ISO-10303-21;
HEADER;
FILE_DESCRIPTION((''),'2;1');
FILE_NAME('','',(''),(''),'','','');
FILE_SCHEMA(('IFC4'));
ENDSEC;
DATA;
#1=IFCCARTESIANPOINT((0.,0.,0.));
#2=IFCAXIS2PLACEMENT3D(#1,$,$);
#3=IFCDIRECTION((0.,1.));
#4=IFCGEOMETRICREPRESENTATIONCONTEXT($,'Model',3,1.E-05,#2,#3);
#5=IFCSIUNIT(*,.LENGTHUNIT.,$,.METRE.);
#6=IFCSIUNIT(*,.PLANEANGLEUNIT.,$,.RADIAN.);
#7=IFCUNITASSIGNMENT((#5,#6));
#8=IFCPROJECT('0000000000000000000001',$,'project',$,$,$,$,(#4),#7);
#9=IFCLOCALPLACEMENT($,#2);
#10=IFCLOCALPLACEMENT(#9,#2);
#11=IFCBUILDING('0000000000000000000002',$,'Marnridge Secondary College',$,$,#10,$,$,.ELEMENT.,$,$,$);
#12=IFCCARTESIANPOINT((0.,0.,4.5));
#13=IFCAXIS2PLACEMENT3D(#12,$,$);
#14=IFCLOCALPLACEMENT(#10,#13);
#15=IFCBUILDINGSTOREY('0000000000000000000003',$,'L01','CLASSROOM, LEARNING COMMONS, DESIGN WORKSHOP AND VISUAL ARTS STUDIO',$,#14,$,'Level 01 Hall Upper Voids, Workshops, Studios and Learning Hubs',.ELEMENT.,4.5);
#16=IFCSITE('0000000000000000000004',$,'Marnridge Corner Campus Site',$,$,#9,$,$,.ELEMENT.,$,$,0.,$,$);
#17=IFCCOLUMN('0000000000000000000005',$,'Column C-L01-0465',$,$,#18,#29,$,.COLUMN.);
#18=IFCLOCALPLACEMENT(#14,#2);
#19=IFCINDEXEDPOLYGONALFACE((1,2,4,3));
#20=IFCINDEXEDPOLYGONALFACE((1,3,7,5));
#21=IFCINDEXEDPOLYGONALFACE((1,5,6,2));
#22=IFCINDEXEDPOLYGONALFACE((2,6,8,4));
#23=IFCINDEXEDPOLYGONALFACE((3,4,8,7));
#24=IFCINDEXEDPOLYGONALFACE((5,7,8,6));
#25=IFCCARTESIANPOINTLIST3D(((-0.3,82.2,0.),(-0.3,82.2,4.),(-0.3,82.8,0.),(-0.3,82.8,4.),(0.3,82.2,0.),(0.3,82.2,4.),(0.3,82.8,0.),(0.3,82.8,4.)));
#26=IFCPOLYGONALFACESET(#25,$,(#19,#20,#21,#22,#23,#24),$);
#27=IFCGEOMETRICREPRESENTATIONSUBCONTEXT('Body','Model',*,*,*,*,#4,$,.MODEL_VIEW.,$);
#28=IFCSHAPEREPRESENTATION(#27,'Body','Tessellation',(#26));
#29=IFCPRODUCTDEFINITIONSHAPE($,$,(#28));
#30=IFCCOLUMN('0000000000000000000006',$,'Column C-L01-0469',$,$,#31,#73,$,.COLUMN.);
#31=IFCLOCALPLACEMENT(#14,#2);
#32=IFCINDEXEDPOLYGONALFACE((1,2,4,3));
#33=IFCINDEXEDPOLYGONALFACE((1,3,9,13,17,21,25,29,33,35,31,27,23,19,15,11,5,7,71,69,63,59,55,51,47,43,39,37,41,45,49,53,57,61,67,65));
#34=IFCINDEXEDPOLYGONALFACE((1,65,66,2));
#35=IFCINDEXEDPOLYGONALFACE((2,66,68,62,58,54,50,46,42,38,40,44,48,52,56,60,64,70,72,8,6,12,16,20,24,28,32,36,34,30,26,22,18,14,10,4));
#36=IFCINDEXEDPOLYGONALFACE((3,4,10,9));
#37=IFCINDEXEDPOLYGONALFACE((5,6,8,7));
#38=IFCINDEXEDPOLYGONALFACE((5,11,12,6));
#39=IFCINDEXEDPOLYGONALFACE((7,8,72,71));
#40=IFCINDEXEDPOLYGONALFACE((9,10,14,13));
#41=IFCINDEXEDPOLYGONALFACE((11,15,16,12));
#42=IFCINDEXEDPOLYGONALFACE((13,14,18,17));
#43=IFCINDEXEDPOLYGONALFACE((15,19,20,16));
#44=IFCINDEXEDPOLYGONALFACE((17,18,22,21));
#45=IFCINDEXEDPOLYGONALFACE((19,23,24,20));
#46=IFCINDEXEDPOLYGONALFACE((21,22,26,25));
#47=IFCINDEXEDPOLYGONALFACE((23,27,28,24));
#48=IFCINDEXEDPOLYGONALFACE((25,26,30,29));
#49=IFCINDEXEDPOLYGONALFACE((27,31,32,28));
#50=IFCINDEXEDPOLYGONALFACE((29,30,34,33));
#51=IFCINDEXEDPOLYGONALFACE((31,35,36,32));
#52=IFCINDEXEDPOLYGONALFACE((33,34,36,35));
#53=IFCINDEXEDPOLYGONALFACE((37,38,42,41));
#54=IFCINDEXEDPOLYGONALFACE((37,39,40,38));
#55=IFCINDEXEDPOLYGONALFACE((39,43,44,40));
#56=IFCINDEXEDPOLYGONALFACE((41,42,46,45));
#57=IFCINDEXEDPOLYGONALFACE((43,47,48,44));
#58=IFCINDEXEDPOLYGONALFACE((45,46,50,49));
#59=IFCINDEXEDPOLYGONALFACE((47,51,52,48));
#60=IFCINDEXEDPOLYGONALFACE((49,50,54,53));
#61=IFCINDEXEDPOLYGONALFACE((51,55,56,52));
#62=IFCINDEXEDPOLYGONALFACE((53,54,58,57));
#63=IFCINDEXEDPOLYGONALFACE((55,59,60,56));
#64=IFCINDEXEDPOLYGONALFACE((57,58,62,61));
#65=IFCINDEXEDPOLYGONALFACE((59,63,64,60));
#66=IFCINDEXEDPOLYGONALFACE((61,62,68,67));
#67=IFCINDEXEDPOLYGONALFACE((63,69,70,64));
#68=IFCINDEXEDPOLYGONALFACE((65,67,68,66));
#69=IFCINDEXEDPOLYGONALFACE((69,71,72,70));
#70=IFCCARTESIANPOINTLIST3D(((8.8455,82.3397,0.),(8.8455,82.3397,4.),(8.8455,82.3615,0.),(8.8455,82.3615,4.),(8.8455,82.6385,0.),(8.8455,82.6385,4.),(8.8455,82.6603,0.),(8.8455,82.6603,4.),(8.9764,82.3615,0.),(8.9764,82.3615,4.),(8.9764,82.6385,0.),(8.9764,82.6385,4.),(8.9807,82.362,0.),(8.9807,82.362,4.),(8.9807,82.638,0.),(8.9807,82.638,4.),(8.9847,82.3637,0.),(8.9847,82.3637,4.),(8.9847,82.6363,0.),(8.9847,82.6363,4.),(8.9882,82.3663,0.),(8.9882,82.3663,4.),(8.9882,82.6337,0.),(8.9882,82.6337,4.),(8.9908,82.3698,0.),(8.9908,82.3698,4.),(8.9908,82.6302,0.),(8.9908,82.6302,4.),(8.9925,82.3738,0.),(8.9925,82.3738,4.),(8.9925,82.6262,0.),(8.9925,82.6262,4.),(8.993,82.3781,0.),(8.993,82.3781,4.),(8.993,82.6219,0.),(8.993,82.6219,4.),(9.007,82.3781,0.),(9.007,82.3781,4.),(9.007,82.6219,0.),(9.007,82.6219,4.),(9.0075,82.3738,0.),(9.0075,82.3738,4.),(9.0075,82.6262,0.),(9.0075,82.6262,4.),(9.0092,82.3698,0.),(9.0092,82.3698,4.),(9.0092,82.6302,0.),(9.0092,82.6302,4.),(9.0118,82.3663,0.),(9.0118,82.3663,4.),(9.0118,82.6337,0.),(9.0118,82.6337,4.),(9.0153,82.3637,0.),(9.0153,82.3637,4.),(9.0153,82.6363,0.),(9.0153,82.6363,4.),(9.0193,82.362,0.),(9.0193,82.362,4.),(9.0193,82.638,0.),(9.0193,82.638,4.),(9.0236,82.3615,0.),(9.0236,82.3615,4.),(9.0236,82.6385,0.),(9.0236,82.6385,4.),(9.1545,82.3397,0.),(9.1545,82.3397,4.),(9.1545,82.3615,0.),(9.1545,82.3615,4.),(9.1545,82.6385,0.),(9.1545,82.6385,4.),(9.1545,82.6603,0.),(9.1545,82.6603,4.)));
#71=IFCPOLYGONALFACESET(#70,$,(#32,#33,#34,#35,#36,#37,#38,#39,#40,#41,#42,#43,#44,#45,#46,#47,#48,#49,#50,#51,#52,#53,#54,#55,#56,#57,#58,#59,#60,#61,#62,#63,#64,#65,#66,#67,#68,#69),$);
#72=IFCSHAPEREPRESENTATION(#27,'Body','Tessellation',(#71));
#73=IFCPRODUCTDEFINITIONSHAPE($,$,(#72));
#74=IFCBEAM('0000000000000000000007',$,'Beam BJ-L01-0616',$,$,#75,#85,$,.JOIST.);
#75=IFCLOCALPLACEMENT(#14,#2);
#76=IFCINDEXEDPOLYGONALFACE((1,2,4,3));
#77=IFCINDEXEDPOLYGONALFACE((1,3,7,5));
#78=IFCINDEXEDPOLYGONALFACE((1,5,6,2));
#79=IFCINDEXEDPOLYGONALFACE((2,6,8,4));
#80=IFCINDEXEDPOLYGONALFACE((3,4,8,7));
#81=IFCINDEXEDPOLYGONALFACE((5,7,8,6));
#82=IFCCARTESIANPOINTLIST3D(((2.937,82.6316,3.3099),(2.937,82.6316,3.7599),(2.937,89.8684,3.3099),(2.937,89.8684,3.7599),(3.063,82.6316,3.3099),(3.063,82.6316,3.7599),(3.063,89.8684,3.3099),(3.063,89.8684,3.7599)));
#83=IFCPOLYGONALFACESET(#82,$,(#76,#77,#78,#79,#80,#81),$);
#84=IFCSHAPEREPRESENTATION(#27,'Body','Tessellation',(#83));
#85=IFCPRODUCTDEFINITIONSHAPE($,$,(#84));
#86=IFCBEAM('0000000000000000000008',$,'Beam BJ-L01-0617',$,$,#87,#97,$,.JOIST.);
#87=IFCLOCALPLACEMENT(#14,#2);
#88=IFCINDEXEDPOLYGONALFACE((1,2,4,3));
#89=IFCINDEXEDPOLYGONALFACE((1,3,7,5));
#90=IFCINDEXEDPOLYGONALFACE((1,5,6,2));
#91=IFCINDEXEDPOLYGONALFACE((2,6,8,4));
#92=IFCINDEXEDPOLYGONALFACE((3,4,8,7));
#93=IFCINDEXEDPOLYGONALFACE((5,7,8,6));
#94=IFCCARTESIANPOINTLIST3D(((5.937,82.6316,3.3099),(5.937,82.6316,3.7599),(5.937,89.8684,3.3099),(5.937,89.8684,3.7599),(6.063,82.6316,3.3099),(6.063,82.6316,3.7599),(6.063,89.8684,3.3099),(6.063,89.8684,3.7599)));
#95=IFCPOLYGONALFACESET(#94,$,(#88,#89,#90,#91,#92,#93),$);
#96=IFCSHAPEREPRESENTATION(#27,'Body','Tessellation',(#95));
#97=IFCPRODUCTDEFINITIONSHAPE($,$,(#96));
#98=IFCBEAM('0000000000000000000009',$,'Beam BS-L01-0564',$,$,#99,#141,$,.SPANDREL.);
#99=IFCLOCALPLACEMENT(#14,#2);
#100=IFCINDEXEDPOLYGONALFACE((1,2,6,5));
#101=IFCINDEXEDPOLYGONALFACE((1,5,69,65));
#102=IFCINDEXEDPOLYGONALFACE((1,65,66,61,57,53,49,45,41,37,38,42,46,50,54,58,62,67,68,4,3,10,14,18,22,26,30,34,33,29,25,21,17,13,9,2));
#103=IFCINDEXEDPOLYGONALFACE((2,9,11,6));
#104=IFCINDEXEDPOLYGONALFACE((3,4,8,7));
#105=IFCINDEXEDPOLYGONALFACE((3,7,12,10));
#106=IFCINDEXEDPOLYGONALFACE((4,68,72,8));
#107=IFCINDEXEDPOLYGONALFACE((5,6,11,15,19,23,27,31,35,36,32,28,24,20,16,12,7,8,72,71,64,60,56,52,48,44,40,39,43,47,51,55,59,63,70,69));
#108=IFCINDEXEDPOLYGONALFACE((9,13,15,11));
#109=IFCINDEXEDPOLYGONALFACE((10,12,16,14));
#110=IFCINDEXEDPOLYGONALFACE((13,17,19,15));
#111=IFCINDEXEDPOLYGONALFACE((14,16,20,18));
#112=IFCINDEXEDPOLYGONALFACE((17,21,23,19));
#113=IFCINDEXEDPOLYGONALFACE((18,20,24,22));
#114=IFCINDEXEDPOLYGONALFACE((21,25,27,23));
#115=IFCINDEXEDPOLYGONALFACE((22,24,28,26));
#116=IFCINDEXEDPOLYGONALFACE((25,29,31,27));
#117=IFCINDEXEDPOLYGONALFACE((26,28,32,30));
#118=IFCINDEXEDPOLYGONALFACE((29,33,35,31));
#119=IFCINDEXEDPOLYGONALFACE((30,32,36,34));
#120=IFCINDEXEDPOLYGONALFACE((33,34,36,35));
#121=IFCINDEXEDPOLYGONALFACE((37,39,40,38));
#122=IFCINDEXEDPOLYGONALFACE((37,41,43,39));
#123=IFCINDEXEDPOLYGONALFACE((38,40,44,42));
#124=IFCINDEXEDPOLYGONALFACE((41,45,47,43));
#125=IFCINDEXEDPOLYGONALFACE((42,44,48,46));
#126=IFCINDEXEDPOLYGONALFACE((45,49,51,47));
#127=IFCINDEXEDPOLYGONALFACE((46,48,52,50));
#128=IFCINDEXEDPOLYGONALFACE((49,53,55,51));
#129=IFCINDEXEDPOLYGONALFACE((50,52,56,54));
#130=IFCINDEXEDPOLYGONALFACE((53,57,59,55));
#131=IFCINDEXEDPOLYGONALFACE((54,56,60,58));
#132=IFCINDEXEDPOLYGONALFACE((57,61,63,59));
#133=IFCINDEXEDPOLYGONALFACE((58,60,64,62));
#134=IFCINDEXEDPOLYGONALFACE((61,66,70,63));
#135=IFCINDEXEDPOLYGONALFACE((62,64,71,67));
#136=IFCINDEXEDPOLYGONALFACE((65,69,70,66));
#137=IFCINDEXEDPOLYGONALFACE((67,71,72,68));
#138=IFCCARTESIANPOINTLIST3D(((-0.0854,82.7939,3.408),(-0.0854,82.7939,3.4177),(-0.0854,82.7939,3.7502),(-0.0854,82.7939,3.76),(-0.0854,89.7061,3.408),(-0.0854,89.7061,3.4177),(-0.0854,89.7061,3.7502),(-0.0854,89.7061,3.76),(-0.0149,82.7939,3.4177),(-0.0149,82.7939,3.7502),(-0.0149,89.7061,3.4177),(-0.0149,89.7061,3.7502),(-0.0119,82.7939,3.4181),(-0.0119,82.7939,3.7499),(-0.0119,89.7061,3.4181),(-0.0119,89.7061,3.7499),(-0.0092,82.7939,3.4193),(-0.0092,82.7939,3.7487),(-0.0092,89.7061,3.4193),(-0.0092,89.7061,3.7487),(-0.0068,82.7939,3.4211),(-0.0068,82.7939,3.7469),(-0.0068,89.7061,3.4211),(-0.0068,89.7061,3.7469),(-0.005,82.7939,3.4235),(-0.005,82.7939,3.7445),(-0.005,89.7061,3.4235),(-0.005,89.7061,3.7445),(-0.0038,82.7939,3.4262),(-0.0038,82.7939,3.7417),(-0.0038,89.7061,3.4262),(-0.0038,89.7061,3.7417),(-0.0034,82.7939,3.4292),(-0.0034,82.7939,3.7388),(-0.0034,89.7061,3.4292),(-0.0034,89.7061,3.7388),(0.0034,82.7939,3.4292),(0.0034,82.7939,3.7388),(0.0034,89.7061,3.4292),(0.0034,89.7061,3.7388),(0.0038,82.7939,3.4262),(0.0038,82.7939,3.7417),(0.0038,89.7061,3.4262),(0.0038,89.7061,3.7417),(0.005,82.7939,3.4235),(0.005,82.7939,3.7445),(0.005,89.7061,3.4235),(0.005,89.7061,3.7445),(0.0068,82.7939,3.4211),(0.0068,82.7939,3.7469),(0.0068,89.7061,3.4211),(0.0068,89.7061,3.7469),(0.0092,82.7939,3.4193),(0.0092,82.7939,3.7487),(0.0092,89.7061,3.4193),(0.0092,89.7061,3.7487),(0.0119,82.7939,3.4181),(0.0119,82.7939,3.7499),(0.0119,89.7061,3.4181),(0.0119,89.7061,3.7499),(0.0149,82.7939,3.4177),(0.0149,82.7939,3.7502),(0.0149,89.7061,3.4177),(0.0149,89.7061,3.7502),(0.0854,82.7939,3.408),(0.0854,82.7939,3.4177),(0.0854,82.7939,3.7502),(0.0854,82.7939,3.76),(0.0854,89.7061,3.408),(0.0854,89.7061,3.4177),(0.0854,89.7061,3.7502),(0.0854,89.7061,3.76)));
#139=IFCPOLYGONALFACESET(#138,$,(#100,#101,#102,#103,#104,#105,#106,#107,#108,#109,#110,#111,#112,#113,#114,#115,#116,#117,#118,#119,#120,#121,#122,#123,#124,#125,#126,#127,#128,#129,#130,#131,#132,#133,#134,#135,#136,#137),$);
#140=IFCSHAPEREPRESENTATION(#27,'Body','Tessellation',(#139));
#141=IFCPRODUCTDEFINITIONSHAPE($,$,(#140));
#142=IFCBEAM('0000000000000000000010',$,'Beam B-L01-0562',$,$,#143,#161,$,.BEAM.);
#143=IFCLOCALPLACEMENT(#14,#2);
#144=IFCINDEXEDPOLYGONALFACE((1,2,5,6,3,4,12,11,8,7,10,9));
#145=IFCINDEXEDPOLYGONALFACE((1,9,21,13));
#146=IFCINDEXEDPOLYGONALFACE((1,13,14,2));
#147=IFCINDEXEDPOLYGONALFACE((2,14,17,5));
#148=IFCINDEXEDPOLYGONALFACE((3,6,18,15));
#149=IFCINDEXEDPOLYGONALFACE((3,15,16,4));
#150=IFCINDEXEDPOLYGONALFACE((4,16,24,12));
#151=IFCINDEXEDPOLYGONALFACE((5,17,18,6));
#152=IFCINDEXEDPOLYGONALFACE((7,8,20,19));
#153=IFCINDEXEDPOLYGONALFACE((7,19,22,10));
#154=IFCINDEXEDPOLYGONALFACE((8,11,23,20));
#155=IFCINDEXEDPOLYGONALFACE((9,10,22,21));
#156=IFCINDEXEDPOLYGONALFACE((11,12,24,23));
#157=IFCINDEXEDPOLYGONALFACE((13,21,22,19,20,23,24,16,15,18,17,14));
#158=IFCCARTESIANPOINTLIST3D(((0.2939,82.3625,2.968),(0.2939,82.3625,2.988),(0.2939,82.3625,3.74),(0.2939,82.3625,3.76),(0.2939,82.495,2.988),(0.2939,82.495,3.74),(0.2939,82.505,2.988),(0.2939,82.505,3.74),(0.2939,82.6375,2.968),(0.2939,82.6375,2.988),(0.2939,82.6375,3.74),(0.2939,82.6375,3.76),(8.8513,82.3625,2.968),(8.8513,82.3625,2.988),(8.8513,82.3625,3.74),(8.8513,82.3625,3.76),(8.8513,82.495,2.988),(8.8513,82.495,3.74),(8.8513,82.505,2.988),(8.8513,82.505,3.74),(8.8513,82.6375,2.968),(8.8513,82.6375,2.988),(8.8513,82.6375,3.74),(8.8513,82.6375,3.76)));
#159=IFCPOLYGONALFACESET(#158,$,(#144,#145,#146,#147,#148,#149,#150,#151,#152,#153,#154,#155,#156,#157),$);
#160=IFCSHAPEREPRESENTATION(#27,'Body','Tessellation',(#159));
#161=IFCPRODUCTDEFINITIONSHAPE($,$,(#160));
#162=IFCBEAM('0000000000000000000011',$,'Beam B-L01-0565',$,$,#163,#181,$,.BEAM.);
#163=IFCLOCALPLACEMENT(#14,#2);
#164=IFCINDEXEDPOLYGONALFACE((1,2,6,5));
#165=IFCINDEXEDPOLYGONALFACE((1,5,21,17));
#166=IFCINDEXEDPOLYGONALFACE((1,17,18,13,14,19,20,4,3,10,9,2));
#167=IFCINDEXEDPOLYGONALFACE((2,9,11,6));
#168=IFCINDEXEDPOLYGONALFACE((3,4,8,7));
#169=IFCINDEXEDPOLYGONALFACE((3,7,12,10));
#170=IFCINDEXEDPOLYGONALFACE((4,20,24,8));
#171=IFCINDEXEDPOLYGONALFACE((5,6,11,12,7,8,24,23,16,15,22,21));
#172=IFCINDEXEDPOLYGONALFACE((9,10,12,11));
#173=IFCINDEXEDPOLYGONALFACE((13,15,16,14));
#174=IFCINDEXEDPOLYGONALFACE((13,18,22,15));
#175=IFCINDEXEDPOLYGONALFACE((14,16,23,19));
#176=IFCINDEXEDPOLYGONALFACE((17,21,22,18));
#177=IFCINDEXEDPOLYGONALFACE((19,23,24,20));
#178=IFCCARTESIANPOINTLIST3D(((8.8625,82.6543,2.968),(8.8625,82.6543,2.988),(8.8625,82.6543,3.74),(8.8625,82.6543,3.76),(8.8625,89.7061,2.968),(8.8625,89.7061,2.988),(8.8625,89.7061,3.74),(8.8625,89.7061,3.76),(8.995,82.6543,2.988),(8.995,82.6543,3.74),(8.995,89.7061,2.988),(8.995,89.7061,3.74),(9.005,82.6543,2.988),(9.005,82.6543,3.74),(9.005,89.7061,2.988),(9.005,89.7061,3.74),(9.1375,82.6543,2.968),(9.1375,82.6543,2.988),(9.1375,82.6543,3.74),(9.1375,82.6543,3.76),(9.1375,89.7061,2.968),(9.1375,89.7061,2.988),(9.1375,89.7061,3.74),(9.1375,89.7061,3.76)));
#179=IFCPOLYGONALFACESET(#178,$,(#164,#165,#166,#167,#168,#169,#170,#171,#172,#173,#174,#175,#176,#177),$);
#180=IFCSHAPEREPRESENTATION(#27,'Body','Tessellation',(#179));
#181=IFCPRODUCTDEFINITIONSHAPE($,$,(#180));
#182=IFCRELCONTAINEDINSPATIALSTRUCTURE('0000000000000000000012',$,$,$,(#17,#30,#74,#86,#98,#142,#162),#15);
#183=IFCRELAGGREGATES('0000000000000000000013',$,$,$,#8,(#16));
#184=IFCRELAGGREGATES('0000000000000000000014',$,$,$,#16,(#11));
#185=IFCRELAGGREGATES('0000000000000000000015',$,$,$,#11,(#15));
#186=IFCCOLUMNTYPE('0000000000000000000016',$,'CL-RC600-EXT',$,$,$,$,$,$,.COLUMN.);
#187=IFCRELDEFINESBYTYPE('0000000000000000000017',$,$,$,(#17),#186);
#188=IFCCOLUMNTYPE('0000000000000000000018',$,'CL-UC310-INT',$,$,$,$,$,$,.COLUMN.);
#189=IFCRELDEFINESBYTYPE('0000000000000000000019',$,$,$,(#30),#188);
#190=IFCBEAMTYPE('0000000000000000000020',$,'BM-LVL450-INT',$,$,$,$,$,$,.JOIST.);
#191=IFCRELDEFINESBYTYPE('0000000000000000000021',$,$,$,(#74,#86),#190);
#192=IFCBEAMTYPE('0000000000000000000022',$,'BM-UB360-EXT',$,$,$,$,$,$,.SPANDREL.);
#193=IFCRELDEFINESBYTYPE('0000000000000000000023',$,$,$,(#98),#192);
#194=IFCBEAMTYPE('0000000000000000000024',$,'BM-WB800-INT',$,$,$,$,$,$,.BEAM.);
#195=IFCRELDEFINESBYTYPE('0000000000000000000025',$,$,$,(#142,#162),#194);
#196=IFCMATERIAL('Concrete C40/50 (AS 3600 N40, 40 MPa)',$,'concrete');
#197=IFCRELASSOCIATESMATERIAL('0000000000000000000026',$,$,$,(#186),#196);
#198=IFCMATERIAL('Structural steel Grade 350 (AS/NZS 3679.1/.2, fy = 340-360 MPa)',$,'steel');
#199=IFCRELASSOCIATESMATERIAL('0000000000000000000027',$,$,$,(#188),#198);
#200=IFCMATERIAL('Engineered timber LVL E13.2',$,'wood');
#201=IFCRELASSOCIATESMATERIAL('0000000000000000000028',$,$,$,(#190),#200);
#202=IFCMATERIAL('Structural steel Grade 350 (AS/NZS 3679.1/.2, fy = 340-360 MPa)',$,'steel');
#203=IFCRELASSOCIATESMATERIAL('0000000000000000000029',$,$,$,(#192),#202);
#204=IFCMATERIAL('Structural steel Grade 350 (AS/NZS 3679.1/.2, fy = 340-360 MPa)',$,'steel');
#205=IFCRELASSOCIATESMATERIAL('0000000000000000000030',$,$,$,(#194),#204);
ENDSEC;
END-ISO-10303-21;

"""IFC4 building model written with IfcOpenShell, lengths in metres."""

from ifc_helpers import new_model, si_unit, direction, frame, origin, origin_2d, place, context, subcontext, project, spatial, rectangle, i_section, extrude, material, material_profile, profile_set, type_object, element, save


model = new_model("IFC4")

# Units and contexts
model_context = context("Model", 3, precision=1e-05, world=origin(), true_north=direction((0.0, 1.0)))
body_context = subcontext(model_context, "Body", "Model", "MODEL_VIEW")
ifc_project = project(units=[si_unit("LENGTHUNIT", "METRE"), si_unit("PLANEANGLEUNIT", "RADIAN")], contexts=[model_context])

# Site, building, storey
site_placement = place(None, origin())
site = spatial("IfcSite", under=ifc_project, at=site_placement, Name="Marnridge Corner Campus Site", CompositionType="ELEMENT", RefElevation=0.0)
building_placement = place(site_placement, origin())
building = spatial("IfcBuilding", under=site, at=building_placement, Name="Marnridge Secondary College", CompositionType="ELEMENT")
storey_placement = place(building_placement, frame((0.0, 0.0, 4.5)))
storey = spatial("IfcBuildingStorey", under=building, at=storey_placement, Name="L01", Description="CLASSROOM, LEARNING COMMONS, DESIGN WORKSHOP AND VISUAL ARTS STUDIO", LongName="Level 01 Hall Upper Voids, Workshops, Studios and Learning Hubs", CompositionType="ELEMENT", Elevation=4.5)

# Columns
ifc_material_1 = material(Name="Concrete C40/50 (AS 3600 N40, 40 MPa)", Category="concrete")
ifc_material_profile_1 = material_profile(ifc_material_1, rectangle(XDim=0.6001, YDim=0.6001, at=origin_2d()), Name="RC 600x600")
ifc_profile_set_1 = profile_set([ifc_material_profile_1], Name="Concrete C40/50 (AS 3600 N40, 40 MPa)")
column_type_1 = type_object("IfcColumnType", Name="CL-RC600-EXT", PredefinedType="COLUMN", material=ifc_profile_set_1)
column_1_placement = place(storey_placement, frame((0.0, 82.5, 0.0), z_axis=(0.0, 0.0, 1.0), x_axis=(1.0, 0.0, 0.0)))
element("IfcColumn", 1, at=column_1_placement, inside=storey, type_object=column_type_1, Name="Column C-L01-0465", PredefinedType="COLUMN", context=body_context, shape_type="SweptSolid", body=[
    extrude(rectangle(XDim=0.6001, YDim=0.6001, at=origin_2d()), origin(), (0.0, 0.0, 1.0), 4.0),
])
ifc_material_2 = material(Name="Structural steel Grade 350 (AS/NZS 3679.1/.2, fy = 340-360 MPa)", Category="steel")
ifc_material_profile_2 = material_profile(ifc_material_2, i_section(OverallWidth=0.3091, OverallDepth=0.3206, WebThickness=0.0139, FlangeThickness=0.0217, FilletRadius=0.0166, at=origin_2d()), Name="310UC137")
ifc_profile_set_2 = profile_set([ifc_material_profile_2], Name="Structural steel Grade 350 (AS/NZS 3679.1/.2, fy = 340-360 MPa)")
column_type_2 = type_object("IfcColumnType", Name="CL-UC310-INT", PredefinedType="COLUMN", material=ifc_profile_set_2)
column_2_placement = place(storey_placement, frame((9.0, 82.5, 0.0), z_axis=(0.0, 0.0, 1.0), x_axis=(1.0, 0.0, 0.0)))
element("IfcColumn", 2, at=column_2_placement, inside=storey, type_object=column_type_2, Name="Column C-L01-0469", PredefinedType="COLUMN", context=body_context, shape_type="SweptSolid", body=[
    extrude(i_section(OverallWidth=0.3091, OverallDepth=0.3206, WebThickness=0.0139, FlangeThickness=0.0217, FilletRadius=0.0166, at=origin_2d()), origin(), (0.0, 0.0, 1.0), 4.0),
])

# Beams
ifc_material_3 = material(Name="Engineered timber LVL E13.2", Category="wood")
ifc_material_profile_3 = material_profile(ifc_material_3, rectangle(XDim=0.126, YDim=0.45, at=origin_2d()), Name="LVL 126x450")
ifc_profile_set_3 = profile_set([ifc_material_profile_3], Name="Engineered timber LVL E13.2")
beam_type_1 = type_object("IfcBeamType", Name="BM-LVL450-INT", PredefinedType="JOIST", material=ifc_profile_set_3)
for number, where, z_axis, x_axis, name in (
    (3, (3.0, 82.6316, 3.5349), (0.0, 1.0, 0.0), (-1.0, 0.0, 0.0), "Beam BJ-L01-0616"),
    (4, (6.0, 82.6316, 3.5349), (0.0, 1.0, 0.0), (-1.0, 0.0, 0.0), "Beam BJ-L01-0617"),
):
    element("IfcBeam", number, at=place(storey_placement, frame(where, z_axis=z_axis, x_axis=x_axis)), inside=storey, type_object=beam_type_1, Name=name, PredefinedType="JOIST", context=body_context, shape_type="SweptSolid", body=[
        extrude(rectangle(XDim=0.126, YDim=0.45, at=origin_2d()), origin(), (0.0, 0.0, 1.0), 7.2368),
    ])
ifc_material_4 = material(Name="Structural steel Grade 350 (AS/NZS 3679.1/.2, fy = 340-360 MPa)", Category="steel")
ifc_material_profile_4 = material_profile(ifc_material_4, i_section(OverallWidth=0.1709, OverallDepth=0.3521, WebThickness=0.0068, FlangeThickness=0.0098, FilletRadius=0.0115, at=origin_2d()), Name="360UB44.7")
ifc_profile_set_4 = profile_set([ifc_material_profile_4], Name="Structural steel Grade 350 (AS/NZS 3679.1/.2, fy = 340-360 MPa)")
beam_type_2 = type_object("IfcBeamType", Name="BM-UB360-EXT", PredefinedType="SPANDREL", material=ifc_profile_set_4)
beam_1_placement = place(storey_placement, frame((0.0, 82.7939, 3.584), z_axis=(0.0, 1.0, 0.0), x_axis=(-1.0, 0.0, 0.0)))
element("IfcBeam", 5, at=beam_1_placement, inside=storey, type_object=beam_type_2, Name="Beam BS-L01-0564", PredefinedType="SPANDREL", context=body_context, shape_type="SweptSolid", body=[
    extrude(i_section(OverallWidth=0.1709, OverallDepth=0.3521, WebThickness=0.0068, FlangeThickness=0.0098, FilletRadius=0.0115, at=origin_2d()), origin(), (0.0, 0.0, 1.0), 6.9121),
])
ifc_material_5 = material(Name="Structural steel Grade 350 (AS/NZS 3679.1/.2, fy = 340-360 MPa)", Category="steel")
ifc_material_profile_5 = material_profile(ifc_material_5, i_section(OverallWidth=0.2749, OverallDepth=0.792, WebThickness=0.01, FlangeThickness=0.02, at=origin_2d()), Name="800WB146")
ifc_profile_set_5 = profile_set([ifc_material_profile_5], Name="Structural steel Grade 350 (AS/NZS 3679.1/.2, fy = 340-360 MPa)")
beam_type_3 = type_object("IfcBeamType", Name="BM-WB800-INT", PredefinedType="BEAM", material=ifc_profile_set_5)
beam_2_placement = place(storey_placement, frame((0.2939, 82.5, 3.364), z_axis=(1.0, 0.0, 0.0), x_axis=(0.0, 1.0, 0.0)))
element("IfcBeam", 6, at=beam_2_placement, inside=storey, type_object=beam_type_3, Name="Beam B-L01-0562", PredefinedType="BEAM", context=body_context, shape_type="SweptSolid", body=[
    extrude(i_section(OverallWidth=0.2749, OverallDepth=0.792, WebThickness=0.01, FlangeThickness=0.02, at=origin_2d()), origin(), (0.0, 0.0, 1.0), 8.5574),
])
beam_3_placement = place(storey_placement, frame((9.0, 82.6543, 3.364), z_axis=(0.0, 1.0, 0.0), x_axis=(-1.0, 0.0, 0.0)))
element("IfcBeam", 7, at=beam_3_placement, inside=storey, type_object=beam_type_3, Name="Beam B-L01-0565", PredefinedType="BEAM", context=body_context, shape_type="SweptSolid", body=[
    extrude(i_section(OverallWidth=0.2749, OverallDepth=0.792, WebThickness=0.01, FlangeThickness=0.02, at=origin_2d()), origin(), (0.0, 0.0, 1.0), 7.0518),
])

save(model, "model.ifc")
